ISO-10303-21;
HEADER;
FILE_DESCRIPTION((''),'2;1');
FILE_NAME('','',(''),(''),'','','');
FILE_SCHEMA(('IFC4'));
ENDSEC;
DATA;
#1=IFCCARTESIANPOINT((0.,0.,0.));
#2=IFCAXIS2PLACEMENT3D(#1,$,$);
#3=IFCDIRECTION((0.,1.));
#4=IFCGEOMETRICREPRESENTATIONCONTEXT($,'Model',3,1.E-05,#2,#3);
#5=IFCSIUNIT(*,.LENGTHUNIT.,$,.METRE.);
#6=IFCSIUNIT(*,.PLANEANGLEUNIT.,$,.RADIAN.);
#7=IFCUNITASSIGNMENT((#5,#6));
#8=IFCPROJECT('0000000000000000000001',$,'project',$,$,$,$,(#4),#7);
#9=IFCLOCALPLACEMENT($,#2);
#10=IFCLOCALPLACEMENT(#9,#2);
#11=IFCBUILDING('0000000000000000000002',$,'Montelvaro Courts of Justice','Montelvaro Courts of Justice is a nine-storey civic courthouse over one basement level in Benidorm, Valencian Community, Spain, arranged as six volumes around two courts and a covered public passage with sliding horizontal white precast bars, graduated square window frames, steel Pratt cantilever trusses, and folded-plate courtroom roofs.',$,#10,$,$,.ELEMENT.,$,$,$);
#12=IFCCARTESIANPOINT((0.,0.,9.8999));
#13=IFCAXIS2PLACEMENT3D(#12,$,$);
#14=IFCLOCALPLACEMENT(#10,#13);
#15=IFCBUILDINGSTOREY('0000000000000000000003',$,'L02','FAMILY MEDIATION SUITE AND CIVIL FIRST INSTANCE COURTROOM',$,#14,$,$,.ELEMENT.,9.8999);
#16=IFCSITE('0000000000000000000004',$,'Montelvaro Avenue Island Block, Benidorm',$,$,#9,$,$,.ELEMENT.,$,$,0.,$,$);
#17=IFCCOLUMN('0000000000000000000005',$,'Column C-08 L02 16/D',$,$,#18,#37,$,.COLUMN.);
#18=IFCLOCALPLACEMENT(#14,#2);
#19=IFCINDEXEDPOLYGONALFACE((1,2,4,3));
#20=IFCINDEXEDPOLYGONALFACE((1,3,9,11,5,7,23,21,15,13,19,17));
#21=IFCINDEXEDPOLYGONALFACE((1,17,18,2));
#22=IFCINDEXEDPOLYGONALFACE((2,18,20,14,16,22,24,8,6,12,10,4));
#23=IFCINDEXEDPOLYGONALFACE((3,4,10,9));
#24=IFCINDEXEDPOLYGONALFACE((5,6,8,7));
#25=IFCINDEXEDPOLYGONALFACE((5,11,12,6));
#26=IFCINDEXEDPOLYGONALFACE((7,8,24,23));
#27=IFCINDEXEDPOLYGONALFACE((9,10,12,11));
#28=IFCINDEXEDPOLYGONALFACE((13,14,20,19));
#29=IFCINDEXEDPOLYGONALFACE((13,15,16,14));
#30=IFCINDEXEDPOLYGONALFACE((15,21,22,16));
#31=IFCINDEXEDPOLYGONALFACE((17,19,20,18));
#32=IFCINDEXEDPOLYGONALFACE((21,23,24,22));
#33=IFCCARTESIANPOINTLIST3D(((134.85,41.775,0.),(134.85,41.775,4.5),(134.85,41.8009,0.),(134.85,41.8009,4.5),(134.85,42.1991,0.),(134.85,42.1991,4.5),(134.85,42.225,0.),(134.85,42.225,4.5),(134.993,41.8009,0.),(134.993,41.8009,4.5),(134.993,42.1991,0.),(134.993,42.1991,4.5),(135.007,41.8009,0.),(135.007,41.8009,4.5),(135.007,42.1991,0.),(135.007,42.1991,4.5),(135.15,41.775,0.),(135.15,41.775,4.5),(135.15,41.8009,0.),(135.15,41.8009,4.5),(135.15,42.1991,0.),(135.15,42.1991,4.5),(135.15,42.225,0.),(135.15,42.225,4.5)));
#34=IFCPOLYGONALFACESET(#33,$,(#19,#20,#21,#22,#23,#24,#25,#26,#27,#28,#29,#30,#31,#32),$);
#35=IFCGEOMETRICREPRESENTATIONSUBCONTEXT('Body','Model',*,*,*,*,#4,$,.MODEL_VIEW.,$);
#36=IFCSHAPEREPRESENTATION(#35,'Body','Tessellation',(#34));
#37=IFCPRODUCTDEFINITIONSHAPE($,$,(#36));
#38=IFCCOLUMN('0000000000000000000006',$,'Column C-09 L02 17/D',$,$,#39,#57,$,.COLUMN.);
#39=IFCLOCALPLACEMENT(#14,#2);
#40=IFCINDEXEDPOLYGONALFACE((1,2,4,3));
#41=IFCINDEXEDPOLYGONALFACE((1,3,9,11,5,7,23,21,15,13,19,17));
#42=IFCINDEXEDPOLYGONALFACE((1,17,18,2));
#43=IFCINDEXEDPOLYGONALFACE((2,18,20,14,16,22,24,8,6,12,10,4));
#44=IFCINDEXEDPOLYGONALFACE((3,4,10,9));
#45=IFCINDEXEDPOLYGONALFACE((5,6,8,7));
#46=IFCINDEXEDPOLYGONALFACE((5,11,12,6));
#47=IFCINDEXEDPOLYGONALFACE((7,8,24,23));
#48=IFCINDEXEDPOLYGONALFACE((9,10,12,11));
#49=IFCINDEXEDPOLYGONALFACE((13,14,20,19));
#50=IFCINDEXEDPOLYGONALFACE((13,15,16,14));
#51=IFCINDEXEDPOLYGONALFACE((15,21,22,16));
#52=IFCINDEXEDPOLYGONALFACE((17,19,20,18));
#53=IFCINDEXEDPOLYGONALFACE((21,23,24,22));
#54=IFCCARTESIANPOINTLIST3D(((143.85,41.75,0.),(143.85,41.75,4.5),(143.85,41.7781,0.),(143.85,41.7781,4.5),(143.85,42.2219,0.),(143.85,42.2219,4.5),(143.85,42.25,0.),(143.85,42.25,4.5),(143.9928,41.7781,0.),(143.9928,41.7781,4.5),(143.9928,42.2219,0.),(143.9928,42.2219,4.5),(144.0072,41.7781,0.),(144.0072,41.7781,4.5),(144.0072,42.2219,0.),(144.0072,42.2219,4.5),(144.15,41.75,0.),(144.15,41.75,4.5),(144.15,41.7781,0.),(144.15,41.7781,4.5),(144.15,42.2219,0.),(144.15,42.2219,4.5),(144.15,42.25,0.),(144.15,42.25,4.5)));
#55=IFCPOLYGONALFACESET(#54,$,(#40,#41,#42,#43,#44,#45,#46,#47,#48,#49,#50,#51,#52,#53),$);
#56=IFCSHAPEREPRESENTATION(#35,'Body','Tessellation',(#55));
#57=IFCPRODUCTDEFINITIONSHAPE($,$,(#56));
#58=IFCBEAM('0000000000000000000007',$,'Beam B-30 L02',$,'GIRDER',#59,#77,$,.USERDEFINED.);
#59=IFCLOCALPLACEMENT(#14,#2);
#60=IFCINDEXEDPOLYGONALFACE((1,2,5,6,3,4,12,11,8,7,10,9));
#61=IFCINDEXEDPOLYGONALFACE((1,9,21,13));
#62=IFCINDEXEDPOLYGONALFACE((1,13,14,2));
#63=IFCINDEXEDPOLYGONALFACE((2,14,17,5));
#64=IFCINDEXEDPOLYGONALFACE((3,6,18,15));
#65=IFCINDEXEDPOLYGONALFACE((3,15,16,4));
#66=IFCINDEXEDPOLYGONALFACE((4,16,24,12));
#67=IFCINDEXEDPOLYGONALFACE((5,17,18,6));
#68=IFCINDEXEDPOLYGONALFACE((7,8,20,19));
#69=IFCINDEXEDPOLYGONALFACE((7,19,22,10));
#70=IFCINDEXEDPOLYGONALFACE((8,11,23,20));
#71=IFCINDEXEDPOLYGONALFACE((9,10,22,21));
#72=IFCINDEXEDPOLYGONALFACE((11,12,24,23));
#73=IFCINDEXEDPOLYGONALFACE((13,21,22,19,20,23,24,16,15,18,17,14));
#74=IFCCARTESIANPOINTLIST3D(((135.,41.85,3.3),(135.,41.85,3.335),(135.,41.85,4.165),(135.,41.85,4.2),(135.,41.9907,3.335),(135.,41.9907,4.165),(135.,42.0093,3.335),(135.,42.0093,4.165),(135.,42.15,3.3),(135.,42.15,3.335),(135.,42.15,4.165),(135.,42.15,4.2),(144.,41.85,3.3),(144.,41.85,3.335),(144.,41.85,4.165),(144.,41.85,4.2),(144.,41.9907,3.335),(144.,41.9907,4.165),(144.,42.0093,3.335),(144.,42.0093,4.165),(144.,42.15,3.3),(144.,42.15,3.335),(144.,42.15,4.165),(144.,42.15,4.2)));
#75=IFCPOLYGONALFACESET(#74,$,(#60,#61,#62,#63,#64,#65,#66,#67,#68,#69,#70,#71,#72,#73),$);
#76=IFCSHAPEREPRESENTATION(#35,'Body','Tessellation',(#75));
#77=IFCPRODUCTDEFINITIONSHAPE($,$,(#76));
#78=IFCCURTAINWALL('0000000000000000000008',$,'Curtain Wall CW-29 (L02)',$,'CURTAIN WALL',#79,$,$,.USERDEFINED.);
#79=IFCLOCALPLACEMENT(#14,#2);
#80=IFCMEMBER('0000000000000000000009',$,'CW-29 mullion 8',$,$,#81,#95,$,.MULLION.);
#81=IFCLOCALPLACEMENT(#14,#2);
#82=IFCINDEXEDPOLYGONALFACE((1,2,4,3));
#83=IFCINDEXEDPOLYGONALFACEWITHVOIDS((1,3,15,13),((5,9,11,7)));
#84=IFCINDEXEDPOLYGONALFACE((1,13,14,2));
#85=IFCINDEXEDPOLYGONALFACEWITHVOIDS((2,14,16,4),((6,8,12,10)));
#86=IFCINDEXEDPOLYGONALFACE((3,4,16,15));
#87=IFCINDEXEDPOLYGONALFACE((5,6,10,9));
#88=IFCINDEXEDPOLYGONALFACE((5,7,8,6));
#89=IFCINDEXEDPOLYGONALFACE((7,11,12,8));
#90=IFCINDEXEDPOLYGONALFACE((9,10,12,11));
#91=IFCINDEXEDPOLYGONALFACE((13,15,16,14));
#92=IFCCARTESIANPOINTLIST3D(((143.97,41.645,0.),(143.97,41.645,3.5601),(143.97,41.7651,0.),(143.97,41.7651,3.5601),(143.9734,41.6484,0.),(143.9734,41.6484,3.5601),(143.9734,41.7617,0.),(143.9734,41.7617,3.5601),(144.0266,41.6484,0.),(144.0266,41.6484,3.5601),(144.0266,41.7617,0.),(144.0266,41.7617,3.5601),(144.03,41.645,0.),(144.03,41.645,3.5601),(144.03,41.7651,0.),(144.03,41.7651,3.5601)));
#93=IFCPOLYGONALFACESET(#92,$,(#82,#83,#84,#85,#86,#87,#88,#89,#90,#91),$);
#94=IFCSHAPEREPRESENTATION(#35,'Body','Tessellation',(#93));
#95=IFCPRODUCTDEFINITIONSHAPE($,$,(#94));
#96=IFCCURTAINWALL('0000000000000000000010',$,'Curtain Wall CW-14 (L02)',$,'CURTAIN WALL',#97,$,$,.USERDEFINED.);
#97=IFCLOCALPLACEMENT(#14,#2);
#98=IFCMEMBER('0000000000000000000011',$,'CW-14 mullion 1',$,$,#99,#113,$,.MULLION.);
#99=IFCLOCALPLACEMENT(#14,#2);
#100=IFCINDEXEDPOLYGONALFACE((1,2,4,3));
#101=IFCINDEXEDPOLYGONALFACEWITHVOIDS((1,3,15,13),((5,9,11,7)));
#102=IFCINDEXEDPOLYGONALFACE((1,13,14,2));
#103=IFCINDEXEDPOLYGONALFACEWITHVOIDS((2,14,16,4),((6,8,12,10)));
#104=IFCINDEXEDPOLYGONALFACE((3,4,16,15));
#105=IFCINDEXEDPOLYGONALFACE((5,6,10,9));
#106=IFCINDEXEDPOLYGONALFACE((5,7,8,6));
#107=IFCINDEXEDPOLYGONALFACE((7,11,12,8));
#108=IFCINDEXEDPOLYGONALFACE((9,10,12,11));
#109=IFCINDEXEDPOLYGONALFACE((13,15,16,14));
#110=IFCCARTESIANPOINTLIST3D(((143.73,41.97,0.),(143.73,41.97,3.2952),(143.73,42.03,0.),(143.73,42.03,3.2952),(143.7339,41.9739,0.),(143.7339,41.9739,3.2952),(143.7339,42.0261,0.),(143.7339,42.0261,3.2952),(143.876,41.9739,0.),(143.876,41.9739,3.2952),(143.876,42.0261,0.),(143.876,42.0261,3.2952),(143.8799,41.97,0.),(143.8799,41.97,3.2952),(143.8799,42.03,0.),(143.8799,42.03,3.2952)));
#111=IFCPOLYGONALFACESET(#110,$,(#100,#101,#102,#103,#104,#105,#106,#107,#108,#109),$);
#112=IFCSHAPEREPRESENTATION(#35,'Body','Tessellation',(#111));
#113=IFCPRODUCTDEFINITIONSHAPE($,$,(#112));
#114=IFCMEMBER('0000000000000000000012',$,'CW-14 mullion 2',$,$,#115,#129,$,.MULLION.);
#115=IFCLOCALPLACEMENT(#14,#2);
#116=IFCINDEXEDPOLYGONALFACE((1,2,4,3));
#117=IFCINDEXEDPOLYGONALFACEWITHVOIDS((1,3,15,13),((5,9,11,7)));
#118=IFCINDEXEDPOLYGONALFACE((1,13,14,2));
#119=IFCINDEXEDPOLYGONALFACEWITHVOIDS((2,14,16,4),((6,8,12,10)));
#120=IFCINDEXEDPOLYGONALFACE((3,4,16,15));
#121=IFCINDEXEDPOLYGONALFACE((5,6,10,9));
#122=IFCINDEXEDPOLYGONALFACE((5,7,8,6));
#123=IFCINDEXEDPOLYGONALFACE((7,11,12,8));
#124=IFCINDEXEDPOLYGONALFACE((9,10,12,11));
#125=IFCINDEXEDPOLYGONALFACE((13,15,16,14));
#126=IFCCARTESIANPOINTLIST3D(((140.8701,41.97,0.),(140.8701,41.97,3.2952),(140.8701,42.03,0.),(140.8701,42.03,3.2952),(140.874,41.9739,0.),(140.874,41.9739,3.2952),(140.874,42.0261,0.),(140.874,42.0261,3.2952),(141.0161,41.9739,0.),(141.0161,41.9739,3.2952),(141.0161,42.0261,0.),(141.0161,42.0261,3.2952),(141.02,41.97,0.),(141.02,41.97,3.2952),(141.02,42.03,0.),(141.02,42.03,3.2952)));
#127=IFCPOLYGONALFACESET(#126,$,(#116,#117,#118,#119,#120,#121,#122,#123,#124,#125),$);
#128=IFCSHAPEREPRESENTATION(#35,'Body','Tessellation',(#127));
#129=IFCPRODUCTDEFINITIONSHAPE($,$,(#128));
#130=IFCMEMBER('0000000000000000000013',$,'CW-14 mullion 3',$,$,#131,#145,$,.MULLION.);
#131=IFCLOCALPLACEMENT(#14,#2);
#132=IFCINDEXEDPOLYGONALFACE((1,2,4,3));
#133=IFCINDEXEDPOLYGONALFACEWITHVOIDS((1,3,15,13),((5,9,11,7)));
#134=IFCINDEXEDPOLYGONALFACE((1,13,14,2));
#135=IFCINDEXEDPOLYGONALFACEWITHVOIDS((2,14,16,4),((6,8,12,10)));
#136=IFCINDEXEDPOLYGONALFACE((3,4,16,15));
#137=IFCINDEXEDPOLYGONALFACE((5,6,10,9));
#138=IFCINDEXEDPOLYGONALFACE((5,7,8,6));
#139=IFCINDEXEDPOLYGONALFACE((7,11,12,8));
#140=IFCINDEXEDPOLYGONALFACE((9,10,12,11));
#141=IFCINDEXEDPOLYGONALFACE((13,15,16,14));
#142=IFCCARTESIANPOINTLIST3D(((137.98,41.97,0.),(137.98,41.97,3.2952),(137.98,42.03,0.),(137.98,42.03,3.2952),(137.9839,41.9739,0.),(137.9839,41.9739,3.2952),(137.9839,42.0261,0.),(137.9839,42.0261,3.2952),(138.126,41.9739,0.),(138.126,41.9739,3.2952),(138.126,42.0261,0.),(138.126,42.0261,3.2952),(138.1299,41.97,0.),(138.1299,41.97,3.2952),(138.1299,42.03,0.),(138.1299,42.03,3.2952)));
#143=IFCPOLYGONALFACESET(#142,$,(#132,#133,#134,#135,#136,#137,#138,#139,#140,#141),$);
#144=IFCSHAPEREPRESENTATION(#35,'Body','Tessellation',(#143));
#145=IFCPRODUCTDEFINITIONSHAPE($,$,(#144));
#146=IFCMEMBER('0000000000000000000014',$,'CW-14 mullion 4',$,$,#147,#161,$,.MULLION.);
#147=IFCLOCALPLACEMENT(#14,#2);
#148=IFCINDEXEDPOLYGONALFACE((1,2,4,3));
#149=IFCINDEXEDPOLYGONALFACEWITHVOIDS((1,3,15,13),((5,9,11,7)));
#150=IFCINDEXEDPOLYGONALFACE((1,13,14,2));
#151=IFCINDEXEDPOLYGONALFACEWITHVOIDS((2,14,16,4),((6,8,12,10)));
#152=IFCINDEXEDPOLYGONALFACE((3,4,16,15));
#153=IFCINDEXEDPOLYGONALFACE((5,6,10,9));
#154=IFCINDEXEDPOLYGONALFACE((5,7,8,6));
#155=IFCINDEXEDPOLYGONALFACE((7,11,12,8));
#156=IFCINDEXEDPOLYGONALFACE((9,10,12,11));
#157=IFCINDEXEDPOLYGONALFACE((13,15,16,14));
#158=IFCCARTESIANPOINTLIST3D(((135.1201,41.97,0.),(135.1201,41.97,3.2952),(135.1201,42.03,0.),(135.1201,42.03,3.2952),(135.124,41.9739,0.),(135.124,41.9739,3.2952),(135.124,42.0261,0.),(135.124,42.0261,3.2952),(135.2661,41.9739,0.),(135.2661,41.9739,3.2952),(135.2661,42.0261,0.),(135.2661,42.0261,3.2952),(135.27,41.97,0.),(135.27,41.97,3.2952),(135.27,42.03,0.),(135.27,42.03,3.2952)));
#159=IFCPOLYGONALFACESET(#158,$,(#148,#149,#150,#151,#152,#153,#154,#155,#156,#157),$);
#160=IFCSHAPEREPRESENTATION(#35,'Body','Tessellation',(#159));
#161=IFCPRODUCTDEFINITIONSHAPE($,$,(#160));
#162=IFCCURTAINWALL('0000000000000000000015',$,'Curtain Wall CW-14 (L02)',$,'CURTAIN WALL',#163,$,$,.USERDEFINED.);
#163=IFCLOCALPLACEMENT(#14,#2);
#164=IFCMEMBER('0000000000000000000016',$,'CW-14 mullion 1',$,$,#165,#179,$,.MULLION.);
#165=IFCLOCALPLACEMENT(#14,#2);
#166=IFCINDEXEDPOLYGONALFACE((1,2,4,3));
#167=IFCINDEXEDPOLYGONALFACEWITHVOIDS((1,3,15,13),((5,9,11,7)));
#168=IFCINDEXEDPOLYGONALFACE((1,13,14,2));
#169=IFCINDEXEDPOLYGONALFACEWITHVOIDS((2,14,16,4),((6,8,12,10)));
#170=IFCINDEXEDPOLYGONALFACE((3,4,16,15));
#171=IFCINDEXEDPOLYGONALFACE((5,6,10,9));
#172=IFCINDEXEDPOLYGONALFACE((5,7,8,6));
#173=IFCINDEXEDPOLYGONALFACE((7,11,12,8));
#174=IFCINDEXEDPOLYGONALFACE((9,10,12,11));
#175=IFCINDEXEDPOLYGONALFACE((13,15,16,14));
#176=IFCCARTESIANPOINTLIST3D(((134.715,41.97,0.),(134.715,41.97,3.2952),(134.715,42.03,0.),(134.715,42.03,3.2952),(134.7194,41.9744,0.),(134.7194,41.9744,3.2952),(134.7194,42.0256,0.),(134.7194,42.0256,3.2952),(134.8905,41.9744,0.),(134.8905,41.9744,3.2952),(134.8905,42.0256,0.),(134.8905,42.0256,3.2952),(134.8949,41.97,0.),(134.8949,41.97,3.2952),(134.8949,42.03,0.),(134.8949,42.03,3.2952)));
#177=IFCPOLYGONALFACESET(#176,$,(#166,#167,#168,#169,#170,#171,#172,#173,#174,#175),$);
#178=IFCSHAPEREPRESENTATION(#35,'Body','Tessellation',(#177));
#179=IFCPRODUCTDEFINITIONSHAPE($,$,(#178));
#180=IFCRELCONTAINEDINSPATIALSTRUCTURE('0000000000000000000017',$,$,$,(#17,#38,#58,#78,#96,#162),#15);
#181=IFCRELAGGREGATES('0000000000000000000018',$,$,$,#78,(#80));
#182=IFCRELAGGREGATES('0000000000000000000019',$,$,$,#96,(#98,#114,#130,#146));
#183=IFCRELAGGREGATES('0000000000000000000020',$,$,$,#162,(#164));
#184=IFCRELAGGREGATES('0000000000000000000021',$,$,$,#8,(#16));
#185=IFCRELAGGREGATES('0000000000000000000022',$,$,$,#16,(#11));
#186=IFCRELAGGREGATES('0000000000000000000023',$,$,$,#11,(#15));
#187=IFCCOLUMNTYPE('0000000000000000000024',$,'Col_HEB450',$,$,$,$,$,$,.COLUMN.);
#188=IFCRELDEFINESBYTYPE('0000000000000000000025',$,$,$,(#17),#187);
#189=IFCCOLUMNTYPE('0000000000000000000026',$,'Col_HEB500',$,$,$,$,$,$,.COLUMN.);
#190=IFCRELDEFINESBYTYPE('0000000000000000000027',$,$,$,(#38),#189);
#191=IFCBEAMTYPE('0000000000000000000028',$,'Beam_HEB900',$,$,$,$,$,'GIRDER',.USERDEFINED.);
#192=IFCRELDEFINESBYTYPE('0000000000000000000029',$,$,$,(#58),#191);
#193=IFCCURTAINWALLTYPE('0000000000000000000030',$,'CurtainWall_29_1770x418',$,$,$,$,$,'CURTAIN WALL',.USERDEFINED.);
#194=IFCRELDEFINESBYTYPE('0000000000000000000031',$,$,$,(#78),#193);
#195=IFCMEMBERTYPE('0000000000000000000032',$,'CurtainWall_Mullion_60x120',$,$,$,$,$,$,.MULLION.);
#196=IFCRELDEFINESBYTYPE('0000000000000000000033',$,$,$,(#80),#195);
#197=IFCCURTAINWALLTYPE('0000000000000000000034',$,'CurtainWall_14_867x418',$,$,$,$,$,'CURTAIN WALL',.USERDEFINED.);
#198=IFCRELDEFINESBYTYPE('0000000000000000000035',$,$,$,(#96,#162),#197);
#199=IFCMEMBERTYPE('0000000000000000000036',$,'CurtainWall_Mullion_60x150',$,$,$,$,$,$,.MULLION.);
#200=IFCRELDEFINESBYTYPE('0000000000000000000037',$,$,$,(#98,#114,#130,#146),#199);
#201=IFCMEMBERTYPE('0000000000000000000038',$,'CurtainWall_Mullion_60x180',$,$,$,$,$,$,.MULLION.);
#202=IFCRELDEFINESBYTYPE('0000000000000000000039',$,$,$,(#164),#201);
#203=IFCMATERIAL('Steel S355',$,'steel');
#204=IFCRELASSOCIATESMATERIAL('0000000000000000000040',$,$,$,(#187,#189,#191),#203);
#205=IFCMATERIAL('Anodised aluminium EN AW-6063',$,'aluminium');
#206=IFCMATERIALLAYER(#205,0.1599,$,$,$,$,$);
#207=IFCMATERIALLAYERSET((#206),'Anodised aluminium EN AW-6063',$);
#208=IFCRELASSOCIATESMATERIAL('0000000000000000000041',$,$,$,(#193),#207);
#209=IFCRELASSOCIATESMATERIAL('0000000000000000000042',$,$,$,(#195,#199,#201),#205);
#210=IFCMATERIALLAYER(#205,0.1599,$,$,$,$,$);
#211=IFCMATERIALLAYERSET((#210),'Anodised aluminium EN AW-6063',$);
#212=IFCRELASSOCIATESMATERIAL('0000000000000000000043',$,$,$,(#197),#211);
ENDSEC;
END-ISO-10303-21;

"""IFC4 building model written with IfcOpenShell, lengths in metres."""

from ifc_helpers import new_model, si_unit, direction, frame, origin, origin_2d, place, context, subcontext, project, spatial, hollow_rectangle, i_section, extrude, material, layer, layer_set, material_profile, profile_set, type_object, element, aggregate, save


model = new_model("IFC4")

# Units and contexts
model_context = context("Model", 3, precision=1e-05, world=origin(), true_north=direction((0.0, 1.0)))
body_context = subcontext(model_context, "Body", "Model", "MODEL_VIEW")
ifc_project = project(units=[si_unit("LENGTHUNIT", "METRE"), si_unit("PLANEANGLEUNIT", "RADIAN")], contexts=[model_context])

# Site, building, storey
site_placement = place(None, origin())
site = spatial("IfcSite", under=ifc_project, at=site_placement, Name="Montelvaro Avenue Island Block, Benidorm", CompositionType="ELEMENT", RefElevation=0.0)
building_placement = place(site_placement, origin())
building = spatial("IfcBuilding", under=site, at=building_placement, Name="Montelvaro Courts of Justice", Description="Montelvaro Courts of Justice is a nine-storey civic courthouse over one basement level in Benidorm, Valencian Community, Spain, arranged as six volumes around two courts and a covered public passage with sliding horizontal white precast bars, graduated square window frames, steel Pratt cantilever trusses, and folded-plate courtroom roofs.", CompositionType="ELEMENT")
storey_placement = place(building_placement, frame((0.0, 0.0, 9.8999)))
storey = spatial("IfcBuildingStorey", under=building, at=storey_placement, Name="L02", Description="FAMILY MEDIATION SUITE AND CIVIL FIRST INSTANCE COURTROOM", CompositionType="ELEMENT", Elevation=9.8999)

# Columns
ifc_material_1 = material(Name="Steel S355", Category="steel")
ifc_material_profile_1 = material_profile(ifc_material_1, i_section(OverallWidth=0.3, OverallDepth=0.45, WebThickness=0.0139, FlangeThickness=0.0259, at=origin_2d()), Name="HEB 450")
ifc_profile_set_1 = profile_set([ifc_material_profile_1], Name="Steel S355")
column_type_1 = type_object("IfcColumnType", Name="Col_HEB450", PredefinedType="COLUMN", material=ifc_profile_set_1)
column_1_placement = place(storey_placement, frame((135.0, 42.0, 0.0), z_axis=(0.0, 0.0, 1.0), x_axis=(1.0, 0.0, 0.0)))
element("IfcColumn", 1, at=column_1_placement, inside=storey, type_object=column_type_1, Name="Column C-08 L02 16/D", PredefinedType="COLUMN", context=body_context, shape_type="SweptSolid", body=[
    extrude(i_section(OverallWidth=0.3, OverallDepth=0.45, WebThickness=0.0139, FlangeThickness=0.0259, at=origin_2d()), origin(), (0.0, 0.0, 1.0), 4.5),
])
ifc_material_profile_2 = material_profile(ifc_material_1, i_section(OverallWidth=0.3, OverallDepth=0.5, WebThickness=0.0144, FlangeThickness=0.0281, at=origin_2d()), Name="HEB 500")
ifc_profile_set_2 = profile_set([ifc_material_profile_2], Name="Steel S355")
column_type_2 = type_object("IfcColumnType", Name="Col_HEB500", PredefinedType="COLUMN", material=ifc_profile_set_2)
column_2_placement = place(storey_placement, frame((144.0, 42.0, 0.0), z_axis=(0.0, 0.0, 1.0), x_axis=(1.0, 0.0, 0.0)))
element("IfcColumn", 2, at=column_2_placement, inside=storey, type_object=column_type_2, Name="Column C-09 L02 17/D", PredefinedType="COLUMN", context=body_context, shape_type="SweptSolid", body=[
    extrude(i_section(OverallWidth=0.3, OverallDepth=0.5, WebThickness=0.0144, FlangeThickness=0.0281, at=origin_2d()), origin(), (0.0, 0.0, 1.0), 4.5),
])

# Beam
ifc_material_profile_3 = material_profile(ifc_material_1, i_section(OverallWidth=0.3, OverallDepth=0.8999, WebThickness=0.0186, FlangeThickness=0.0349, at=origin_2d()), Name="HEB 900")
ifc_profile_set_3 = profile_set([ifc_material_profile_3], Name="Steel S355")
beam_type = type_object("IfcBeamType", Name="Beam_HEB900", ElementType="GIRDER", PredefinedType="USERDEFINED", material=ifc_profile_set_3)
beam_placement = place(storey_placement, frame((135.0, 42.0, 3.75), z_axis=(1.0, 0.0, 0.0), x_axis=(0.0, 1.0, 0.0)))
element("IfcBeam", 3, at=beam_placement, inside=storey, type_object=beam_type, Name="Beam B-30 L02", ObjectType="GIRDER", PredefinedType="USERDEFINED", context=body_context, shape_type="SweptSolid", body=[
    extrude(i_section(OverallWidth=0.3, OverallDepth=0.8999, WebThickness=0.0186, FlangeThickness=0.0349, at=origin_2d()), origin(), (0.0, 0.0, 1.0), 9.0),
])

# Curtain wall, member
ifc_material_2 = material(Name="Anodised aluminium EN AW-6063", Category="aluminium")
ifc_layer_1 = layer(ifc_material_2, 0.1599)
ifc_layer_set_1 = layer_set([ifc_layer_1], Name="Anodised aluminium EN AW-6063")
curtain_wall_type_1 = type_object("IfcCurtainWallType", Name="CurtainWall_29_1770x418", ElementType="CURTAIN WALL", PredefinedType="USERDEFINED", material=ifc_layer_set_1)
curtain_wall_1_placement = place(storey_placement, origin())
curtain_wall_1 = element("IfcCurtainWall", 4, at=curtain_wall_1_placement, inside=storey, type_object=curtain_wall_type_1, Name="Curtain Wall CW-29 (L02)", ObjectType="CURTAIN WALL", PredefinedType="USERDEFINED")
ifc_material_profile_4 = material_profile(ifc_material_2, hollow_rectangle(XDim=0.0601, YDim=0.1201, WallThickness=0.0034, at=origin_2d()), Name="ALU-M 60x120")
ifc_profile_set_4 = profile_set([ifc_material_profile_4], Name="Anodised aluminium EN AW-6063")
member_type_1 = type_object("IfcMemberType", Name="CurtainWall_Mullion_60x120", PredefinedType="MULLION", material=ifc_profile_set_4)
member_1_placement = place(storey_placement, frame((144.0, 41.7051, 0.0), z_axis=(0.0, 0.0, 1.0), x_axis=(-1.0, 0.0, 0.0)))
member_1 = element("IfcMember", 5, at=member_1_placement, type_object=member_type_1, Name="CW-29 mullion 8", PredefinedType="MULLION", context=body_context, shape_type="SweptSolid", body=[
    extrude(hollow_rectangle(XDim=0.0601, YDim=0.1201, WallThickness=0.0034, at=origin_2d()), origin(), (0.0, 0.0, 1.0), 3.5601),
])

# Curtain wall, members
ifc_layer_2 = layer(ifc_material_2, 0.1599)
ifc_layer_set_2 = layer_set([ifc_layer_2], Name="Anodised aluminium EN AW-6063")
curtain_wall_type_2 = type_object("IfcCurtainWallType", Name="CurtainWall_14_867x418", ElementType="CURTAIN WALL", PredefinedType="USERDEFINED", material=ifc_layer_set_2)
curtain_wall_2_placement = place(storey_placement, origin())
curtain_wall_2 = element("IfcCurtainWall", 6, at=curtain_wall_2_placement, inside=storey, type_object=curtain_wall_type_2, Name="Curtain Wall CW-14 (L02)", ObjectType="CURTAIN WALL", PredefinedType="USERDEFINED")
ifc_material_profile_5 = material_profile(ifc_material_2, hollow_rectangle(XDim=0.0601, YDim=0.1499, WallThickness=0.0039, at=origin_2d()), Name="ALU-M 60x150")
ifc_profile_set_5 = profile_set([ifc_material_profile_5], Name="Anodised aluminium EN AW-6063")
member_type_2 = type_object("IfcMemberType", Name="CurtainWall_Mullion_60x150", PredefinedType="MULLION", material=ifc_profile_set_5)
member_2_placement = place(storey_placement, frame((143.8049, 42.0, 0.0), z_axis=(0.0, 0.0, 1.0), x_axis=(0.0, -1.0, 0.0)))
member_2 = element("IfcMember", 7, at=member_2_placement, type_object=member_type_2, Name="CW-14 mullion 1", PredefinedType="MULLION", context=body_context, shape_type="SweptSolid", body=[
    extrude(hollow_rectangle(XDim=0.0601, YDim=0.1499, WallThickness=0.0039, at=origin_2d()), origin(), (0.0, 0.0, 1.0), 3.2952),
])
member_3_placement = place(storey_placement, frame((140.9451, 42.0, 0.0), z_axis=(0.0, 0.0, 1.0), x_axis=(0.0, -1.0, 0.0)))
member_3 = element("IfcMember", 8, at=member_3_placement, type_object=member_type_2, Name="CW-14 mullion 2", PredefinedType="MULLION", context=body_context, shape_type="SweptSolid", body=[
    extrude(hollow_rectangle(XDim=0.0601, YDim=0.1499, WallThickness=0.0039, at=origin_2d()), origin(), (0.0, 0.0, 1.0), 3.2952),
])
member_4_placement = place(storey_placement, frame((138.0549, 42.0, 0.0), z_axis=(0.0, 0.0, 1.0), x_axis=(0.0, -1.0, 0.0)))
member_4 = element("IfcMember", 9, at=member_4_placement, type_object=member_type_2, Name="CW-14 mullion 3", PredefinedType="MULLION", context=body_context, shape_type="SweptSolid", body=[
    extrude(hollow_rectangle(XDim=0.0601, YDim=0.1499, WallThickness=0.0039, at=origin_2d()), origin(), (0.0, 0.0, 1.0), 3.2952),
])
member_5_placement = place(storey_placement, frame((135.1951, 42.0, 0.0), z_axis=(0.0, 0.0, 1.0), x_axis=(0.0, -1.0, 0.0)))
member_5 = element("IfcMember", 10, at=member_5_placement, type_object=member_type_2, Name="CW-14 mullion 4", PredefinedType="MULLION", context=body_context, shape_type="SweptSolid", body=[
    extrude(hollow_rectangle(XDim=0.0601, YDim=0.1499, WallThickness=0.0039, at=origin_2d()), origin(), (0.0, 0.0, 1.0), 3.2952),
])

# Curtain wall, member
curtain_wall_3_placement = place(storey_placement, origin())
curtain_wall_3 = element("IfcCurtainWall", 11, at=curtain_wall_3_placement, inside=storey, type_object=curtain_wall_type_2, Name="Curtain Wall CW-14 (L02)", ObjectType="CURTAIN WALL", PredefinedType="USERDEFINED")
ifc_material_profile_6 = material_profile(ifc_material_2, hollow_rectangle(XDim=0.0601, YDim=0.1799, WallThickness=0.0044, at=origin_2d()), Name="ALU-M 60x180")
ifc_profile_set_6 = profile_set([ifc_material_profile_6], Name="Anodised aluminium EN AW-6063")
member_type_3 = type_object("IfcMemberType", Name="CurtainWall_Mullion_60x180", PredefinedType="MULLION", material=ifc_profile_set_6)
member_6_placement = place(storey_placement, frame((134.8049, 42.0, 0.0), z_axis=(0.0, 0.0, 1.0), x_axis=(0.0, -1.0, 0.0)))
member_6 = element("IfcMember", 12, at=member_6_placement, type_object=member_type_3, Name="CW-14 mullion 1", PredefinedType="MULLION", context=body_context, shape_type="SweptSolid", body=[
    extrude(hollow_rectangle(XDim=0.0601, YDim=0.1799, WallThickness=0.0044, at=origin_2d()), origin(), (0.0, 0.0, 1.0), 3.2952),
])

aggregate(curtain_wall_1, [member_1])
aggregate(curtain_wall_2, [member_2, member_3, member_4, member_5])
aggregate(curtain_wall_3, [member_6])

save(model, "model.ifc")
